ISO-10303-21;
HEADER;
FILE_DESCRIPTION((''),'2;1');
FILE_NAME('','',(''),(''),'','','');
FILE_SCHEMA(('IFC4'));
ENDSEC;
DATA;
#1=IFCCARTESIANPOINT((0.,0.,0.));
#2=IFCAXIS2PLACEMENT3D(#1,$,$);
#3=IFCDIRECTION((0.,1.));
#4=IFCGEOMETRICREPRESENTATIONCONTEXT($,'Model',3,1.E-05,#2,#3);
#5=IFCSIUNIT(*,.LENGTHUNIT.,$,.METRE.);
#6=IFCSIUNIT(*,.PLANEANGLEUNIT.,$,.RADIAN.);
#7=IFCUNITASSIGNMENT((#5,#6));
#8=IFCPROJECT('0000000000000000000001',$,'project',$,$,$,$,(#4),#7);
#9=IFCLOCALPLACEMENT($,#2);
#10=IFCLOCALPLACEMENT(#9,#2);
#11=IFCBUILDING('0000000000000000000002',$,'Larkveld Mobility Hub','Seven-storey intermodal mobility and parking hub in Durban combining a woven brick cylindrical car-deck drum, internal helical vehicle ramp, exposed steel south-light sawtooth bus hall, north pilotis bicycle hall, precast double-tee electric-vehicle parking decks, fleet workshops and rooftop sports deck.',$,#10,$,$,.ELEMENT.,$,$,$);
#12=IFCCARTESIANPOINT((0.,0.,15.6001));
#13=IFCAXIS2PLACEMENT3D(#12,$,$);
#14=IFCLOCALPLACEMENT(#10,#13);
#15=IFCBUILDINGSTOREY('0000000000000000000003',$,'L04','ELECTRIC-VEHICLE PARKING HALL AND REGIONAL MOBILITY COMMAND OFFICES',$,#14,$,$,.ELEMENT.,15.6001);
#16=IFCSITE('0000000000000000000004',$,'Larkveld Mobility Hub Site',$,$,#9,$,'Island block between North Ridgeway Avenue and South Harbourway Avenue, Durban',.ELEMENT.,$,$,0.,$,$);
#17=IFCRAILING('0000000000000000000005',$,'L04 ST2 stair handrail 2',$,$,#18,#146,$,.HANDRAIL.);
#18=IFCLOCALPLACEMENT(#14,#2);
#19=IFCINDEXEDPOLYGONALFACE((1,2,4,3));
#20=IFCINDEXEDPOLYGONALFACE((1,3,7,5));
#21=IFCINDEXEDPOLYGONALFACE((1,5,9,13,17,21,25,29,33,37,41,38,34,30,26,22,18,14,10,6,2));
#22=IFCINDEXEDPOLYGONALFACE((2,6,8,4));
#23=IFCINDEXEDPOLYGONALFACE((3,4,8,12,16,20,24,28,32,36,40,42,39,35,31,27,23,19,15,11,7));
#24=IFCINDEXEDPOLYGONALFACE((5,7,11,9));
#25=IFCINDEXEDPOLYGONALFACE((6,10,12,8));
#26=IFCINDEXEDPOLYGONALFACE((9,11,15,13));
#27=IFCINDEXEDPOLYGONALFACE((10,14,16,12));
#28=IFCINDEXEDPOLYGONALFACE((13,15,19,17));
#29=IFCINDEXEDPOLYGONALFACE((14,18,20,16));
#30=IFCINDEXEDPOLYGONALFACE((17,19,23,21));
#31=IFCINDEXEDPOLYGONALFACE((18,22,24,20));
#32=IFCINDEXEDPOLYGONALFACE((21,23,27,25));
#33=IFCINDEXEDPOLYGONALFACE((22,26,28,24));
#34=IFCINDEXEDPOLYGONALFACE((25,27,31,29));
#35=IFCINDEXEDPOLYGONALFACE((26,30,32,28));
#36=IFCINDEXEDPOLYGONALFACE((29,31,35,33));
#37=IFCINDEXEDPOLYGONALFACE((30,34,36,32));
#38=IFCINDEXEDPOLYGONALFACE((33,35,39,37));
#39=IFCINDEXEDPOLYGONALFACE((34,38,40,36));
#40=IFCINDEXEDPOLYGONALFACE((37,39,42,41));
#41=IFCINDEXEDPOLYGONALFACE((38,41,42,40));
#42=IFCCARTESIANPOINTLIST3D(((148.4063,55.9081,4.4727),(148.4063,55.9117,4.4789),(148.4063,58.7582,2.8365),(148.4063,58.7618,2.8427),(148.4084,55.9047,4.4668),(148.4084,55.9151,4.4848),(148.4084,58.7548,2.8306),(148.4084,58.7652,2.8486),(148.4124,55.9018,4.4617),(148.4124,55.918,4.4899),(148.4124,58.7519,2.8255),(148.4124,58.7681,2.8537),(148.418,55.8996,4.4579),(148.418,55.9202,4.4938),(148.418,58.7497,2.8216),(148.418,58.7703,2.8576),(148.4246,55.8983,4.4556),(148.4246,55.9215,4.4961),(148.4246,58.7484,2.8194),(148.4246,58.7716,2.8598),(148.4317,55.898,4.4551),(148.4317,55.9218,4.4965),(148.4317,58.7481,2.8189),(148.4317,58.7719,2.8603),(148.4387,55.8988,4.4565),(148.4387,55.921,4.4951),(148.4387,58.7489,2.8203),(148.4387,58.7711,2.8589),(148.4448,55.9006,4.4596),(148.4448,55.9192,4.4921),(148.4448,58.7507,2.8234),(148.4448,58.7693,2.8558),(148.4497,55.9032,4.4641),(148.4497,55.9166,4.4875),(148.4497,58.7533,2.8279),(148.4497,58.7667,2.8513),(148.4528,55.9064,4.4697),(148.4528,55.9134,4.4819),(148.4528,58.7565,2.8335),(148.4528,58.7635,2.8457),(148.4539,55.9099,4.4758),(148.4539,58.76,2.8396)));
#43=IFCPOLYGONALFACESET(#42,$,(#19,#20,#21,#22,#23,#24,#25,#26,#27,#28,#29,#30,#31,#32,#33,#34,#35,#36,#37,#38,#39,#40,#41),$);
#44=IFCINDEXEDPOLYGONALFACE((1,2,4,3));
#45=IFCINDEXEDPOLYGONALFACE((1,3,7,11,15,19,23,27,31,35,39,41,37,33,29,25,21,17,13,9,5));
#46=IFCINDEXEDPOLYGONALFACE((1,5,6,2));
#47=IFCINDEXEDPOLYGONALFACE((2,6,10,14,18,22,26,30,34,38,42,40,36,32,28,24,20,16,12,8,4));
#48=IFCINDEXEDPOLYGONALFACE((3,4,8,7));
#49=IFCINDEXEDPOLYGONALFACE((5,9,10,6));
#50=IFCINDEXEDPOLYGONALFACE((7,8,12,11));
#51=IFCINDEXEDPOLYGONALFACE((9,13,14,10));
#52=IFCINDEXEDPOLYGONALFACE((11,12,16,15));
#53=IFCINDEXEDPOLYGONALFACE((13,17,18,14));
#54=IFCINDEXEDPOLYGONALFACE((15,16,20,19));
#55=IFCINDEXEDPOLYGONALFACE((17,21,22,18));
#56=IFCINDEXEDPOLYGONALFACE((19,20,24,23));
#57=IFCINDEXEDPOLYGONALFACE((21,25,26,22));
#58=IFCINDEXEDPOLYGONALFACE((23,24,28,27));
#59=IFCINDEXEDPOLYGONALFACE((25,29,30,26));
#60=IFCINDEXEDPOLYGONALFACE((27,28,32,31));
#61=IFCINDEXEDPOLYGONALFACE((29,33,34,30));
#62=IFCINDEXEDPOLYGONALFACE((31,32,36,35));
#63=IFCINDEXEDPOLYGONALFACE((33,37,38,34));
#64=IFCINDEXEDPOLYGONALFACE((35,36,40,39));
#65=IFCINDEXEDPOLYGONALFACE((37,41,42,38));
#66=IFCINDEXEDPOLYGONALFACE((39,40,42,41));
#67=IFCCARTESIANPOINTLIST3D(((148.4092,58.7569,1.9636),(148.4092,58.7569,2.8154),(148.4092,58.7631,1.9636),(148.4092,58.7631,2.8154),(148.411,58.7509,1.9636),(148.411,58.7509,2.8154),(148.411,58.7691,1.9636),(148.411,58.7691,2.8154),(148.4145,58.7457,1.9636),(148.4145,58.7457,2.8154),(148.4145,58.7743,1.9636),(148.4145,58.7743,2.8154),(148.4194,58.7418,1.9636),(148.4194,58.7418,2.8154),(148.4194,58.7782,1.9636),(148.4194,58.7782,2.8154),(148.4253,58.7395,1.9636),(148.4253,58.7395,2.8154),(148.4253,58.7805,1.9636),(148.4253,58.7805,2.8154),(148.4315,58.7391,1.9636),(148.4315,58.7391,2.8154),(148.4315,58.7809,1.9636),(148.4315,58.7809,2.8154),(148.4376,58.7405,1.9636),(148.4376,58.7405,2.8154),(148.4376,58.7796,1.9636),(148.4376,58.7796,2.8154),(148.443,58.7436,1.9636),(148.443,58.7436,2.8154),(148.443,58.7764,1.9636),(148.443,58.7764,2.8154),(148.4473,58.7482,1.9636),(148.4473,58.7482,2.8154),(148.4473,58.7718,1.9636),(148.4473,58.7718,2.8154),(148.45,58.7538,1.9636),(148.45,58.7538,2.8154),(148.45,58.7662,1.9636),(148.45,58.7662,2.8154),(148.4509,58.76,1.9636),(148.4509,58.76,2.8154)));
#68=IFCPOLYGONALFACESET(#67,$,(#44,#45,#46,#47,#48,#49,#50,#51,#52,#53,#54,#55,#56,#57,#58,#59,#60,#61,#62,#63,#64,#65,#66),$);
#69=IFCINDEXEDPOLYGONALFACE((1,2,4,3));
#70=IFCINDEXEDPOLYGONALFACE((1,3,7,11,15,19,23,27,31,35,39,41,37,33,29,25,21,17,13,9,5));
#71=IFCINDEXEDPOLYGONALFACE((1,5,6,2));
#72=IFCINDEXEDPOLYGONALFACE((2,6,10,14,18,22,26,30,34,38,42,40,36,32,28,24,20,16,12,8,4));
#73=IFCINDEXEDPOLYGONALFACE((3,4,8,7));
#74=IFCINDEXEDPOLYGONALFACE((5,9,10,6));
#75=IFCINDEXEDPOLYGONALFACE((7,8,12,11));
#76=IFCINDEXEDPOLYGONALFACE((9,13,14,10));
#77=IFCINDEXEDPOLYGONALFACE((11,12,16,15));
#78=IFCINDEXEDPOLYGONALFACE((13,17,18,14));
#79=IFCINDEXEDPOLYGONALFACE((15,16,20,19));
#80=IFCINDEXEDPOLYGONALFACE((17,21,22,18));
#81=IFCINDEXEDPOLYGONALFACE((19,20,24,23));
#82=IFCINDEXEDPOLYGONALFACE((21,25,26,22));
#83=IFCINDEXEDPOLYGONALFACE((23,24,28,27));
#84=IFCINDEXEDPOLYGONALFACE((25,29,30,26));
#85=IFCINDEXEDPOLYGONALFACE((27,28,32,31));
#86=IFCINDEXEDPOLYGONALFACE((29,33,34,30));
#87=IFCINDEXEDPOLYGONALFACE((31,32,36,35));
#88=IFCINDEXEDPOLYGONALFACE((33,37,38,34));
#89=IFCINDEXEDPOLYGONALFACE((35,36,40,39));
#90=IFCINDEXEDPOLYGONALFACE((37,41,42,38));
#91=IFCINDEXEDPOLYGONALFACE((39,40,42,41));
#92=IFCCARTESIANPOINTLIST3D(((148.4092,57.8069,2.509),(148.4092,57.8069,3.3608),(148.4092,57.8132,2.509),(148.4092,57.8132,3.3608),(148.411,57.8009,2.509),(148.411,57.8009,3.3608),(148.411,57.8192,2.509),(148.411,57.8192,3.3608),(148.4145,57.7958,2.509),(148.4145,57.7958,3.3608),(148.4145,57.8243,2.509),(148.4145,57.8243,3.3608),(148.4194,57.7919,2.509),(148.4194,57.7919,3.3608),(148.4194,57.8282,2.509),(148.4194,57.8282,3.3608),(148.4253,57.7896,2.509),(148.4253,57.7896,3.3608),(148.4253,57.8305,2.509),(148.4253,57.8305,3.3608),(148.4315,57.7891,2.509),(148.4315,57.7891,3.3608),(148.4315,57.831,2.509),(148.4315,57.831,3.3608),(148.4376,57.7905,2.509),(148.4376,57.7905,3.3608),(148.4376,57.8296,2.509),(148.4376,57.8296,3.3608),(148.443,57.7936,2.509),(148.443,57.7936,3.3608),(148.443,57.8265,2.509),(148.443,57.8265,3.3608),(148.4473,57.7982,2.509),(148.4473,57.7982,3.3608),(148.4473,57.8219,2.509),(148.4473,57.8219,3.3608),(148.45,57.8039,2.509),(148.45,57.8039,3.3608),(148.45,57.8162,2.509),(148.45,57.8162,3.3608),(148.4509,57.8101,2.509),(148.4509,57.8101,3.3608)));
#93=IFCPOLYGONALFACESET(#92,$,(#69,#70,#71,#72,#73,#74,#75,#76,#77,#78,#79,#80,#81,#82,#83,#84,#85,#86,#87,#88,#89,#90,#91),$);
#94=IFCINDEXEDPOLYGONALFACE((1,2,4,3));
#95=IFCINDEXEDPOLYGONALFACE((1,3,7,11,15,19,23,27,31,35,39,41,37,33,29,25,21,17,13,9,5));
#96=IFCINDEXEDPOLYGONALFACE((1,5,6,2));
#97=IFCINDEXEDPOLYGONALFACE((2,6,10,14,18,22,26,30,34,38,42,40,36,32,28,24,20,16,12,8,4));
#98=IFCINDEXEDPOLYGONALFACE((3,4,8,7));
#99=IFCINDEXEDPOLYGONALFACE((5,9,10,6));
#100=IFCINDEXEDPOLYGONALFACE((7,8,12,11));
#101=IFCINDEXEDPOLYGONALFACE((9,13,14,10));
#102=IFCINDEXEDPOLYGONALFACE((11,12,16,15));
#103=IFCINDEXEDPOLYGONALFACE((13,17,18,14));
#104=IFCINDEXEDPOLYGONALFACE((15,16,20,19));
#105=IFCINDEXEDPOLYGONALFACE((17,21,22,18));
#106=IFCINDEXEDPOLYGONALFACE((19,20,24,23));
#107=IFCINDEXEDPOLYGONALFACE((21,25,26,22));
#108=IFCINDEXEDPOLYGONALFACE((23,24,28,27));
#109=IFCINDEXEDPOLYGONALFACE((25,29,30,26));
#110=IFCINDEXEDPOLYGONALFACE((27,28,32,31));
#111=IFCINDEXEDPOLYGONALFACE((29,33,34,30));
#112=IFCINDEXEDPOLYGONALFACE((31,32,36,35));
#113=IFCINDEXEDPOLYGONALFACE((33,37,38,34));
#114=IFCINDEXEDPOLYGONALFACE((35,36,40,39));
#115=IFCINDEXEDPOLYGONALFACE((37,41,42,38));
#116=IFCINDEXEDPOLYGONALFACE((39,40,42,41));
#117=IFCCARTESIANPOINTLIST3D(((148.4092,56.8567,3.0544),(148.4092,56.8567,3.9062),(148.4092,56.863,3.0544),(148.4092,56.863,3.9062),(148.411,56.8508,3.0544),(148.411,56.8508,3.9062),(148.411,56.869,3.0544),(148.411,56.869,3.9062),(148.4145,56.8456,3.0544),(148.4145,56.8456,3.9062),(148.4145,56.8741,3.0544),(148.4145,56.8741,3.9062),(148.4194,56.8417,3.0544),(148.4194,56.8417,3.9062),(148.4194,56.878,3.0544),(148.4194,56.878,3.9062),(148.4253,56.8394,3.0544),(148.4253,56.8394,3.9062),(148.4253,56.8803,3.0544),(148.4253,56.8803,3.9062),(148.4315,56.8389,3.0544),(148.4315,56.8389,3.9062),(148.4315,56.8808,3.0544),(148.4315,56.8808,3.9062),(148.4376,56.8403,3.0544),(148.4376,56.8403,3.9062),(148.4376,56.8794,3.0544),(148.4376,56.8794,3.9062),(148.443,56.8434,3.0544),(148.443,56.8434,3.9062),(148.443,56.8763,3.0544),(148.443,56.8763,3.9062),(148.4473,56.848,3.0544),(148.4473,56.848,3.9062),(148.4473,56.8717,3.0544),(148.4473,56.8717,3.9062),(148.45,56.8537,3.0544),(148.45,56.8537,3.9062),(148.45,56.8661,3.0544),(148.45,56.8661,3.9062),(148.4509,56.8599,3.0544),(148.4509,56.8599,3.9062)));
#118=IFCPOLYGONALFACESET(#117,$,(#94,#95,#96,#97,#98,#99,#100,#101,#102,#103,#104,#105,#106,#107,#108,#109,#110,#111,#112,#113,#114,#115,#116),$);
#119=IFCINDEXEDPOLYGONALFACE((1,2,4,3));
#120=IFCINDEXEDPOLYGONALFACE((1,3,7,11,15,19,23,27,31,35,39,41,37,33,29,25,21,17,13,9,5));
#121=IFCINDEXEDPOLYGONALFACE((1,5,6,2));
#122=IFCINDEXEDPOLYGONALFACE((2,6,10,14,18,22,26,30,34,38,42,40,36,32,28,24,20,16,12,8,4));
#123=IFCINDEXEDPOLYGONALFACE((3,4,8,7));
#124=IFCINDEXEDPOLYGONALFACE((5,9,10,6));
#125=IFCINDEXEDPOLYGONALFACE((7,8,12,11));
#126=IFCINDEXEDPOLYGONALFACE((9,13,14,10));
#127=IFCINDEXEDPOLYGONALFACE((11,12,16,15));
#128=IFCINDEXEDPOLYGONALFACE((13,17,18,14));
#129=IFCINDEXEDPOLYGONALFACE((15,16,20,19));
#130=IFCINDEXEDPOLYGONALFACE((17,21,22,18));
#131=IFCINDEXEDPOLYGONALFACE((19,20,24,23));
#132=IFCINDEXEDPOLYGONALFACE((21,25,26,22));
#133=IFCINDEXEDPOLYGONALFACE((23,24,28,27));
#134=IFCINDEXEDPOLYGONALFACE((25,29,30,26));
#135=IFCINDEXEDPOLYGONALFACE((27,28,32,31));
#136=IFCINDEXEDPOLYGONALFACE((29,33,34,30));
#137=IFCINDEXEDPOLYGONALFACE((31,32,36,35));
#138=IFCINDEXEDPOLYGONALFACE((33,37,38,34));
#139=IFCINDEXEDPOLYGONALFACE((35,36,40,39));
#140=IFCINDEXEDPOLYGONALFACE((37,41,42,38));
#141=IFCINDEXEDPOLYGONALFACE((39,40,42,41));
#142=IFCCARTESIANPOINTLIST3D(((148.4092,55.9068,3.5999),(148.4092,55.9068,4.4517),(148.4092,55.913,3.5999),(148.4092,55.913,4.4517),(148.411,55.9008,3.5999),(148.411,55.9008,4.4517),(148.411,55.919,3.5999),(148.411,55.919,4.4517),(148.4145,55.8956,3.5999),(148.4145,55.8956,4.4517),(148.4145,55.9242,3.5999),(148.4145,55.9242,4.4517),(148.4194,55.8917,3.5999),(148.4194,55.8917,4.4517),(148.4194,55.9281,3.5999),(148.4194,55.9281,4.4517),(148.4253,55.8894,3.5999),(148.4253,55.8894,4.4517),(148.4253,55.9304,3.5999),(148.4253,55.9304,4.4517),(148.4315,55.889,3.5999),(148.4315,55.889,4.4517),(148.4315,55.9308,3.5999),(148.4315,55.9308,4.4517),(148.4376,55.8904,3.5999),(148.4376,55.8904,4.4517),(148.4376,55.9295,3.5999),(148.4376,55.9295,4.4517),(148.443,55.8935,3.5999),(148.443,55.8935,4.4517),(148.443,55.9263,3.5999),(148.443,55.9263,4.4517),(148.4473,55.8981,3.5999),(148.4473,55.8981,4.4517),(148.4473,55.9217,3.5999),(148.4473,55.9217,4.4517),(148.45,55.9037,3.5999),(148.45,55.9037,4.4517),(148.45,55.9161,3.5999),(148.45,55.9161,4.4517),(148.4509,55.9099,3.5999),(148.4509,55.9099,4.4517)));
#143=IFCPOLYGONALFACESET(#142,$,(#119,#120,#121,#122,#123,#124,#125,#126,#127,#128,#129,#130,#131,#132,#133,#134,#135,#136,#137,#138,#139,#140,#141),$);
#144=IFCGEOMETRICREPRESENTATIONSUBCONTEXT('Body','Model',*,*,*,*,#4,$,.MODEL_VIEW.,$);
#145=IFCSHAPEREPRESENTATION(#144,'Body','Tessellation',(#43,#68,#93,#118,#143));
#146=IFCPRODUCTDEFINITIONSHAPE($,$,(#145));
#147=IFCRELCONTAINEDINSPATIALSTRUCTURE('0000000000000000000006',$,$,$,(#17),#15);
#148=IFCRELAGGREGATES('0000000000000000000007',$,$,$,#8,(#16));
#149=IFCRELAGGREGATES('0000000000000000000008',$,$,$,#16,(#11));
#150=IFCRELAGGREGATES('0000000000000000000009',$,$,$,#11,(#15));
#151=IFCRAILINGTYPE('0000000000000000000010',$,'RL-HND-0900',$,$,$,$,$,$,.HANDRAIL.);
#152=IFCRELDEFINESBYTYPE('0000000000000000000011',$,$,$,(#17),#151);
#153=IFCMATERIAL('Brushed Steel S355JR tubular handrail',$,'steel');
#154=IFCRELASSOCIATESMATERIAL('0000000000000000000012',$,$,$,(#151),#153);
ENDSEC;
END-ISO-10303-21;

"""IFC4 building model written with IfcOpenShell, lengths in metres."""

from ifc_helpers import new_model, si_unit, direction, frame, origin, origin_2d, place, context, subcontext, project, spatial, circle, extrude, material, type_object, element, save


model = new_model("IFC4")

# Units and contexts
model_context = context("Model", 3, precision=1e-05, world=origin(), true_north=direction((0.0, 1.0)))
body_context = subcontext(model_context, "Body", "Model", "MODEL_VIEW")
ifc_project = project(units=[si_unit("LENGTHUNIT", "METRE"), si_unit("PLANEANGLEUNIT", "RADIAN")], contexts=[model_context])

# Site, building, storey
site_placement = place(None, origin())
site = spatial("IfcSite", under=ifc_project, at=site_placement, Name="Larkveld Mobility Hub Site", LongName="Island block between North Ridgeway Avenue and South Harbourway Avenue, Durban", CompositionType="ELEMENT", RefElevation=0.0)
building_placement = place(site_placement, origin())
building = spatial("IfcBuilding", under=site, at=building_placement, Name="Larkveld Mobility Hub", Description="Seven-storey intermodal mobility and parking hub in Durban combining a woven brick cylindrical car-deck drum, internal helical vehicle ramp, exposed steel south-light sawtooth bus hall, north pilotis bicycle hall, precast double-tee electric-vehicle parking decks, fleet workshops and rooftop sports deck.", CompositionType="ELEMENT")
storey_placement = place(building_placement, frame((0.0, 0.0, 15.6001)))
storey = spatial("IfcBuildingStorey", under=building, at=storey_placement, Name="L04", Description="ELECTRIC-VEHICLE PARKING HALL AND REGIONAL MOBILITY COMMAND OFFICES", CompositionType="ELEMENT", Elevation=15.6001)

# Railing
ifc_material_1 = material(Name="Brushed Steel S355JR tubular handrail", Category="steel")
railing_type_1 = type_object("IfcRailingType", Name="RL-HND-0900", PredefinedType="HANDRAIL", material=ifc_material_1)
railing_1_placement = place(storey_placement, frame((148.4299, 58.76, 1.9636)))
element("IfcRailing", 1, at=railing_1_placement, inside=storey, type_object=railing_type_1, Name="L04 ST2 stair handrail 2", PredefinedType="HANDRAIL", context=body_context, shape_type="SweptSolid", body=[
    extrude(circle(Radius=0.0239, at=origin_2d()), frame((0.0, 0.0, 0.876), z_axis=(0.0, -0.867245, 0.497882), x_axis=(1.0, 0.0, 0.0)), (0.0, 0.0, 1.0), 3.2864),
    extrude(circle(Radius=0.021, at=origin_2d()), origin(), (0.0, 0.0, 1.0), 0.8518),
    extrude(circle(Radius=0.021, at=origin_2d()), frame((0.0, -0.95, 0.5454)), (0.0, 0.0, 1.0), 0.8518),
    extrude(circle(Radius=0.021, at=origin_2d()), frame((0.0, -1.9001, 1.0908)), (0.0, 0.0, 1.0), 0.8518),
    extrude(circle(Radius=0.021, at=origin_2d()), frame((0.0, -2.8501, 1.6362)), (0.0, 0.0, 1.0), 0.8518),
])

save(model, "model.ifc")
